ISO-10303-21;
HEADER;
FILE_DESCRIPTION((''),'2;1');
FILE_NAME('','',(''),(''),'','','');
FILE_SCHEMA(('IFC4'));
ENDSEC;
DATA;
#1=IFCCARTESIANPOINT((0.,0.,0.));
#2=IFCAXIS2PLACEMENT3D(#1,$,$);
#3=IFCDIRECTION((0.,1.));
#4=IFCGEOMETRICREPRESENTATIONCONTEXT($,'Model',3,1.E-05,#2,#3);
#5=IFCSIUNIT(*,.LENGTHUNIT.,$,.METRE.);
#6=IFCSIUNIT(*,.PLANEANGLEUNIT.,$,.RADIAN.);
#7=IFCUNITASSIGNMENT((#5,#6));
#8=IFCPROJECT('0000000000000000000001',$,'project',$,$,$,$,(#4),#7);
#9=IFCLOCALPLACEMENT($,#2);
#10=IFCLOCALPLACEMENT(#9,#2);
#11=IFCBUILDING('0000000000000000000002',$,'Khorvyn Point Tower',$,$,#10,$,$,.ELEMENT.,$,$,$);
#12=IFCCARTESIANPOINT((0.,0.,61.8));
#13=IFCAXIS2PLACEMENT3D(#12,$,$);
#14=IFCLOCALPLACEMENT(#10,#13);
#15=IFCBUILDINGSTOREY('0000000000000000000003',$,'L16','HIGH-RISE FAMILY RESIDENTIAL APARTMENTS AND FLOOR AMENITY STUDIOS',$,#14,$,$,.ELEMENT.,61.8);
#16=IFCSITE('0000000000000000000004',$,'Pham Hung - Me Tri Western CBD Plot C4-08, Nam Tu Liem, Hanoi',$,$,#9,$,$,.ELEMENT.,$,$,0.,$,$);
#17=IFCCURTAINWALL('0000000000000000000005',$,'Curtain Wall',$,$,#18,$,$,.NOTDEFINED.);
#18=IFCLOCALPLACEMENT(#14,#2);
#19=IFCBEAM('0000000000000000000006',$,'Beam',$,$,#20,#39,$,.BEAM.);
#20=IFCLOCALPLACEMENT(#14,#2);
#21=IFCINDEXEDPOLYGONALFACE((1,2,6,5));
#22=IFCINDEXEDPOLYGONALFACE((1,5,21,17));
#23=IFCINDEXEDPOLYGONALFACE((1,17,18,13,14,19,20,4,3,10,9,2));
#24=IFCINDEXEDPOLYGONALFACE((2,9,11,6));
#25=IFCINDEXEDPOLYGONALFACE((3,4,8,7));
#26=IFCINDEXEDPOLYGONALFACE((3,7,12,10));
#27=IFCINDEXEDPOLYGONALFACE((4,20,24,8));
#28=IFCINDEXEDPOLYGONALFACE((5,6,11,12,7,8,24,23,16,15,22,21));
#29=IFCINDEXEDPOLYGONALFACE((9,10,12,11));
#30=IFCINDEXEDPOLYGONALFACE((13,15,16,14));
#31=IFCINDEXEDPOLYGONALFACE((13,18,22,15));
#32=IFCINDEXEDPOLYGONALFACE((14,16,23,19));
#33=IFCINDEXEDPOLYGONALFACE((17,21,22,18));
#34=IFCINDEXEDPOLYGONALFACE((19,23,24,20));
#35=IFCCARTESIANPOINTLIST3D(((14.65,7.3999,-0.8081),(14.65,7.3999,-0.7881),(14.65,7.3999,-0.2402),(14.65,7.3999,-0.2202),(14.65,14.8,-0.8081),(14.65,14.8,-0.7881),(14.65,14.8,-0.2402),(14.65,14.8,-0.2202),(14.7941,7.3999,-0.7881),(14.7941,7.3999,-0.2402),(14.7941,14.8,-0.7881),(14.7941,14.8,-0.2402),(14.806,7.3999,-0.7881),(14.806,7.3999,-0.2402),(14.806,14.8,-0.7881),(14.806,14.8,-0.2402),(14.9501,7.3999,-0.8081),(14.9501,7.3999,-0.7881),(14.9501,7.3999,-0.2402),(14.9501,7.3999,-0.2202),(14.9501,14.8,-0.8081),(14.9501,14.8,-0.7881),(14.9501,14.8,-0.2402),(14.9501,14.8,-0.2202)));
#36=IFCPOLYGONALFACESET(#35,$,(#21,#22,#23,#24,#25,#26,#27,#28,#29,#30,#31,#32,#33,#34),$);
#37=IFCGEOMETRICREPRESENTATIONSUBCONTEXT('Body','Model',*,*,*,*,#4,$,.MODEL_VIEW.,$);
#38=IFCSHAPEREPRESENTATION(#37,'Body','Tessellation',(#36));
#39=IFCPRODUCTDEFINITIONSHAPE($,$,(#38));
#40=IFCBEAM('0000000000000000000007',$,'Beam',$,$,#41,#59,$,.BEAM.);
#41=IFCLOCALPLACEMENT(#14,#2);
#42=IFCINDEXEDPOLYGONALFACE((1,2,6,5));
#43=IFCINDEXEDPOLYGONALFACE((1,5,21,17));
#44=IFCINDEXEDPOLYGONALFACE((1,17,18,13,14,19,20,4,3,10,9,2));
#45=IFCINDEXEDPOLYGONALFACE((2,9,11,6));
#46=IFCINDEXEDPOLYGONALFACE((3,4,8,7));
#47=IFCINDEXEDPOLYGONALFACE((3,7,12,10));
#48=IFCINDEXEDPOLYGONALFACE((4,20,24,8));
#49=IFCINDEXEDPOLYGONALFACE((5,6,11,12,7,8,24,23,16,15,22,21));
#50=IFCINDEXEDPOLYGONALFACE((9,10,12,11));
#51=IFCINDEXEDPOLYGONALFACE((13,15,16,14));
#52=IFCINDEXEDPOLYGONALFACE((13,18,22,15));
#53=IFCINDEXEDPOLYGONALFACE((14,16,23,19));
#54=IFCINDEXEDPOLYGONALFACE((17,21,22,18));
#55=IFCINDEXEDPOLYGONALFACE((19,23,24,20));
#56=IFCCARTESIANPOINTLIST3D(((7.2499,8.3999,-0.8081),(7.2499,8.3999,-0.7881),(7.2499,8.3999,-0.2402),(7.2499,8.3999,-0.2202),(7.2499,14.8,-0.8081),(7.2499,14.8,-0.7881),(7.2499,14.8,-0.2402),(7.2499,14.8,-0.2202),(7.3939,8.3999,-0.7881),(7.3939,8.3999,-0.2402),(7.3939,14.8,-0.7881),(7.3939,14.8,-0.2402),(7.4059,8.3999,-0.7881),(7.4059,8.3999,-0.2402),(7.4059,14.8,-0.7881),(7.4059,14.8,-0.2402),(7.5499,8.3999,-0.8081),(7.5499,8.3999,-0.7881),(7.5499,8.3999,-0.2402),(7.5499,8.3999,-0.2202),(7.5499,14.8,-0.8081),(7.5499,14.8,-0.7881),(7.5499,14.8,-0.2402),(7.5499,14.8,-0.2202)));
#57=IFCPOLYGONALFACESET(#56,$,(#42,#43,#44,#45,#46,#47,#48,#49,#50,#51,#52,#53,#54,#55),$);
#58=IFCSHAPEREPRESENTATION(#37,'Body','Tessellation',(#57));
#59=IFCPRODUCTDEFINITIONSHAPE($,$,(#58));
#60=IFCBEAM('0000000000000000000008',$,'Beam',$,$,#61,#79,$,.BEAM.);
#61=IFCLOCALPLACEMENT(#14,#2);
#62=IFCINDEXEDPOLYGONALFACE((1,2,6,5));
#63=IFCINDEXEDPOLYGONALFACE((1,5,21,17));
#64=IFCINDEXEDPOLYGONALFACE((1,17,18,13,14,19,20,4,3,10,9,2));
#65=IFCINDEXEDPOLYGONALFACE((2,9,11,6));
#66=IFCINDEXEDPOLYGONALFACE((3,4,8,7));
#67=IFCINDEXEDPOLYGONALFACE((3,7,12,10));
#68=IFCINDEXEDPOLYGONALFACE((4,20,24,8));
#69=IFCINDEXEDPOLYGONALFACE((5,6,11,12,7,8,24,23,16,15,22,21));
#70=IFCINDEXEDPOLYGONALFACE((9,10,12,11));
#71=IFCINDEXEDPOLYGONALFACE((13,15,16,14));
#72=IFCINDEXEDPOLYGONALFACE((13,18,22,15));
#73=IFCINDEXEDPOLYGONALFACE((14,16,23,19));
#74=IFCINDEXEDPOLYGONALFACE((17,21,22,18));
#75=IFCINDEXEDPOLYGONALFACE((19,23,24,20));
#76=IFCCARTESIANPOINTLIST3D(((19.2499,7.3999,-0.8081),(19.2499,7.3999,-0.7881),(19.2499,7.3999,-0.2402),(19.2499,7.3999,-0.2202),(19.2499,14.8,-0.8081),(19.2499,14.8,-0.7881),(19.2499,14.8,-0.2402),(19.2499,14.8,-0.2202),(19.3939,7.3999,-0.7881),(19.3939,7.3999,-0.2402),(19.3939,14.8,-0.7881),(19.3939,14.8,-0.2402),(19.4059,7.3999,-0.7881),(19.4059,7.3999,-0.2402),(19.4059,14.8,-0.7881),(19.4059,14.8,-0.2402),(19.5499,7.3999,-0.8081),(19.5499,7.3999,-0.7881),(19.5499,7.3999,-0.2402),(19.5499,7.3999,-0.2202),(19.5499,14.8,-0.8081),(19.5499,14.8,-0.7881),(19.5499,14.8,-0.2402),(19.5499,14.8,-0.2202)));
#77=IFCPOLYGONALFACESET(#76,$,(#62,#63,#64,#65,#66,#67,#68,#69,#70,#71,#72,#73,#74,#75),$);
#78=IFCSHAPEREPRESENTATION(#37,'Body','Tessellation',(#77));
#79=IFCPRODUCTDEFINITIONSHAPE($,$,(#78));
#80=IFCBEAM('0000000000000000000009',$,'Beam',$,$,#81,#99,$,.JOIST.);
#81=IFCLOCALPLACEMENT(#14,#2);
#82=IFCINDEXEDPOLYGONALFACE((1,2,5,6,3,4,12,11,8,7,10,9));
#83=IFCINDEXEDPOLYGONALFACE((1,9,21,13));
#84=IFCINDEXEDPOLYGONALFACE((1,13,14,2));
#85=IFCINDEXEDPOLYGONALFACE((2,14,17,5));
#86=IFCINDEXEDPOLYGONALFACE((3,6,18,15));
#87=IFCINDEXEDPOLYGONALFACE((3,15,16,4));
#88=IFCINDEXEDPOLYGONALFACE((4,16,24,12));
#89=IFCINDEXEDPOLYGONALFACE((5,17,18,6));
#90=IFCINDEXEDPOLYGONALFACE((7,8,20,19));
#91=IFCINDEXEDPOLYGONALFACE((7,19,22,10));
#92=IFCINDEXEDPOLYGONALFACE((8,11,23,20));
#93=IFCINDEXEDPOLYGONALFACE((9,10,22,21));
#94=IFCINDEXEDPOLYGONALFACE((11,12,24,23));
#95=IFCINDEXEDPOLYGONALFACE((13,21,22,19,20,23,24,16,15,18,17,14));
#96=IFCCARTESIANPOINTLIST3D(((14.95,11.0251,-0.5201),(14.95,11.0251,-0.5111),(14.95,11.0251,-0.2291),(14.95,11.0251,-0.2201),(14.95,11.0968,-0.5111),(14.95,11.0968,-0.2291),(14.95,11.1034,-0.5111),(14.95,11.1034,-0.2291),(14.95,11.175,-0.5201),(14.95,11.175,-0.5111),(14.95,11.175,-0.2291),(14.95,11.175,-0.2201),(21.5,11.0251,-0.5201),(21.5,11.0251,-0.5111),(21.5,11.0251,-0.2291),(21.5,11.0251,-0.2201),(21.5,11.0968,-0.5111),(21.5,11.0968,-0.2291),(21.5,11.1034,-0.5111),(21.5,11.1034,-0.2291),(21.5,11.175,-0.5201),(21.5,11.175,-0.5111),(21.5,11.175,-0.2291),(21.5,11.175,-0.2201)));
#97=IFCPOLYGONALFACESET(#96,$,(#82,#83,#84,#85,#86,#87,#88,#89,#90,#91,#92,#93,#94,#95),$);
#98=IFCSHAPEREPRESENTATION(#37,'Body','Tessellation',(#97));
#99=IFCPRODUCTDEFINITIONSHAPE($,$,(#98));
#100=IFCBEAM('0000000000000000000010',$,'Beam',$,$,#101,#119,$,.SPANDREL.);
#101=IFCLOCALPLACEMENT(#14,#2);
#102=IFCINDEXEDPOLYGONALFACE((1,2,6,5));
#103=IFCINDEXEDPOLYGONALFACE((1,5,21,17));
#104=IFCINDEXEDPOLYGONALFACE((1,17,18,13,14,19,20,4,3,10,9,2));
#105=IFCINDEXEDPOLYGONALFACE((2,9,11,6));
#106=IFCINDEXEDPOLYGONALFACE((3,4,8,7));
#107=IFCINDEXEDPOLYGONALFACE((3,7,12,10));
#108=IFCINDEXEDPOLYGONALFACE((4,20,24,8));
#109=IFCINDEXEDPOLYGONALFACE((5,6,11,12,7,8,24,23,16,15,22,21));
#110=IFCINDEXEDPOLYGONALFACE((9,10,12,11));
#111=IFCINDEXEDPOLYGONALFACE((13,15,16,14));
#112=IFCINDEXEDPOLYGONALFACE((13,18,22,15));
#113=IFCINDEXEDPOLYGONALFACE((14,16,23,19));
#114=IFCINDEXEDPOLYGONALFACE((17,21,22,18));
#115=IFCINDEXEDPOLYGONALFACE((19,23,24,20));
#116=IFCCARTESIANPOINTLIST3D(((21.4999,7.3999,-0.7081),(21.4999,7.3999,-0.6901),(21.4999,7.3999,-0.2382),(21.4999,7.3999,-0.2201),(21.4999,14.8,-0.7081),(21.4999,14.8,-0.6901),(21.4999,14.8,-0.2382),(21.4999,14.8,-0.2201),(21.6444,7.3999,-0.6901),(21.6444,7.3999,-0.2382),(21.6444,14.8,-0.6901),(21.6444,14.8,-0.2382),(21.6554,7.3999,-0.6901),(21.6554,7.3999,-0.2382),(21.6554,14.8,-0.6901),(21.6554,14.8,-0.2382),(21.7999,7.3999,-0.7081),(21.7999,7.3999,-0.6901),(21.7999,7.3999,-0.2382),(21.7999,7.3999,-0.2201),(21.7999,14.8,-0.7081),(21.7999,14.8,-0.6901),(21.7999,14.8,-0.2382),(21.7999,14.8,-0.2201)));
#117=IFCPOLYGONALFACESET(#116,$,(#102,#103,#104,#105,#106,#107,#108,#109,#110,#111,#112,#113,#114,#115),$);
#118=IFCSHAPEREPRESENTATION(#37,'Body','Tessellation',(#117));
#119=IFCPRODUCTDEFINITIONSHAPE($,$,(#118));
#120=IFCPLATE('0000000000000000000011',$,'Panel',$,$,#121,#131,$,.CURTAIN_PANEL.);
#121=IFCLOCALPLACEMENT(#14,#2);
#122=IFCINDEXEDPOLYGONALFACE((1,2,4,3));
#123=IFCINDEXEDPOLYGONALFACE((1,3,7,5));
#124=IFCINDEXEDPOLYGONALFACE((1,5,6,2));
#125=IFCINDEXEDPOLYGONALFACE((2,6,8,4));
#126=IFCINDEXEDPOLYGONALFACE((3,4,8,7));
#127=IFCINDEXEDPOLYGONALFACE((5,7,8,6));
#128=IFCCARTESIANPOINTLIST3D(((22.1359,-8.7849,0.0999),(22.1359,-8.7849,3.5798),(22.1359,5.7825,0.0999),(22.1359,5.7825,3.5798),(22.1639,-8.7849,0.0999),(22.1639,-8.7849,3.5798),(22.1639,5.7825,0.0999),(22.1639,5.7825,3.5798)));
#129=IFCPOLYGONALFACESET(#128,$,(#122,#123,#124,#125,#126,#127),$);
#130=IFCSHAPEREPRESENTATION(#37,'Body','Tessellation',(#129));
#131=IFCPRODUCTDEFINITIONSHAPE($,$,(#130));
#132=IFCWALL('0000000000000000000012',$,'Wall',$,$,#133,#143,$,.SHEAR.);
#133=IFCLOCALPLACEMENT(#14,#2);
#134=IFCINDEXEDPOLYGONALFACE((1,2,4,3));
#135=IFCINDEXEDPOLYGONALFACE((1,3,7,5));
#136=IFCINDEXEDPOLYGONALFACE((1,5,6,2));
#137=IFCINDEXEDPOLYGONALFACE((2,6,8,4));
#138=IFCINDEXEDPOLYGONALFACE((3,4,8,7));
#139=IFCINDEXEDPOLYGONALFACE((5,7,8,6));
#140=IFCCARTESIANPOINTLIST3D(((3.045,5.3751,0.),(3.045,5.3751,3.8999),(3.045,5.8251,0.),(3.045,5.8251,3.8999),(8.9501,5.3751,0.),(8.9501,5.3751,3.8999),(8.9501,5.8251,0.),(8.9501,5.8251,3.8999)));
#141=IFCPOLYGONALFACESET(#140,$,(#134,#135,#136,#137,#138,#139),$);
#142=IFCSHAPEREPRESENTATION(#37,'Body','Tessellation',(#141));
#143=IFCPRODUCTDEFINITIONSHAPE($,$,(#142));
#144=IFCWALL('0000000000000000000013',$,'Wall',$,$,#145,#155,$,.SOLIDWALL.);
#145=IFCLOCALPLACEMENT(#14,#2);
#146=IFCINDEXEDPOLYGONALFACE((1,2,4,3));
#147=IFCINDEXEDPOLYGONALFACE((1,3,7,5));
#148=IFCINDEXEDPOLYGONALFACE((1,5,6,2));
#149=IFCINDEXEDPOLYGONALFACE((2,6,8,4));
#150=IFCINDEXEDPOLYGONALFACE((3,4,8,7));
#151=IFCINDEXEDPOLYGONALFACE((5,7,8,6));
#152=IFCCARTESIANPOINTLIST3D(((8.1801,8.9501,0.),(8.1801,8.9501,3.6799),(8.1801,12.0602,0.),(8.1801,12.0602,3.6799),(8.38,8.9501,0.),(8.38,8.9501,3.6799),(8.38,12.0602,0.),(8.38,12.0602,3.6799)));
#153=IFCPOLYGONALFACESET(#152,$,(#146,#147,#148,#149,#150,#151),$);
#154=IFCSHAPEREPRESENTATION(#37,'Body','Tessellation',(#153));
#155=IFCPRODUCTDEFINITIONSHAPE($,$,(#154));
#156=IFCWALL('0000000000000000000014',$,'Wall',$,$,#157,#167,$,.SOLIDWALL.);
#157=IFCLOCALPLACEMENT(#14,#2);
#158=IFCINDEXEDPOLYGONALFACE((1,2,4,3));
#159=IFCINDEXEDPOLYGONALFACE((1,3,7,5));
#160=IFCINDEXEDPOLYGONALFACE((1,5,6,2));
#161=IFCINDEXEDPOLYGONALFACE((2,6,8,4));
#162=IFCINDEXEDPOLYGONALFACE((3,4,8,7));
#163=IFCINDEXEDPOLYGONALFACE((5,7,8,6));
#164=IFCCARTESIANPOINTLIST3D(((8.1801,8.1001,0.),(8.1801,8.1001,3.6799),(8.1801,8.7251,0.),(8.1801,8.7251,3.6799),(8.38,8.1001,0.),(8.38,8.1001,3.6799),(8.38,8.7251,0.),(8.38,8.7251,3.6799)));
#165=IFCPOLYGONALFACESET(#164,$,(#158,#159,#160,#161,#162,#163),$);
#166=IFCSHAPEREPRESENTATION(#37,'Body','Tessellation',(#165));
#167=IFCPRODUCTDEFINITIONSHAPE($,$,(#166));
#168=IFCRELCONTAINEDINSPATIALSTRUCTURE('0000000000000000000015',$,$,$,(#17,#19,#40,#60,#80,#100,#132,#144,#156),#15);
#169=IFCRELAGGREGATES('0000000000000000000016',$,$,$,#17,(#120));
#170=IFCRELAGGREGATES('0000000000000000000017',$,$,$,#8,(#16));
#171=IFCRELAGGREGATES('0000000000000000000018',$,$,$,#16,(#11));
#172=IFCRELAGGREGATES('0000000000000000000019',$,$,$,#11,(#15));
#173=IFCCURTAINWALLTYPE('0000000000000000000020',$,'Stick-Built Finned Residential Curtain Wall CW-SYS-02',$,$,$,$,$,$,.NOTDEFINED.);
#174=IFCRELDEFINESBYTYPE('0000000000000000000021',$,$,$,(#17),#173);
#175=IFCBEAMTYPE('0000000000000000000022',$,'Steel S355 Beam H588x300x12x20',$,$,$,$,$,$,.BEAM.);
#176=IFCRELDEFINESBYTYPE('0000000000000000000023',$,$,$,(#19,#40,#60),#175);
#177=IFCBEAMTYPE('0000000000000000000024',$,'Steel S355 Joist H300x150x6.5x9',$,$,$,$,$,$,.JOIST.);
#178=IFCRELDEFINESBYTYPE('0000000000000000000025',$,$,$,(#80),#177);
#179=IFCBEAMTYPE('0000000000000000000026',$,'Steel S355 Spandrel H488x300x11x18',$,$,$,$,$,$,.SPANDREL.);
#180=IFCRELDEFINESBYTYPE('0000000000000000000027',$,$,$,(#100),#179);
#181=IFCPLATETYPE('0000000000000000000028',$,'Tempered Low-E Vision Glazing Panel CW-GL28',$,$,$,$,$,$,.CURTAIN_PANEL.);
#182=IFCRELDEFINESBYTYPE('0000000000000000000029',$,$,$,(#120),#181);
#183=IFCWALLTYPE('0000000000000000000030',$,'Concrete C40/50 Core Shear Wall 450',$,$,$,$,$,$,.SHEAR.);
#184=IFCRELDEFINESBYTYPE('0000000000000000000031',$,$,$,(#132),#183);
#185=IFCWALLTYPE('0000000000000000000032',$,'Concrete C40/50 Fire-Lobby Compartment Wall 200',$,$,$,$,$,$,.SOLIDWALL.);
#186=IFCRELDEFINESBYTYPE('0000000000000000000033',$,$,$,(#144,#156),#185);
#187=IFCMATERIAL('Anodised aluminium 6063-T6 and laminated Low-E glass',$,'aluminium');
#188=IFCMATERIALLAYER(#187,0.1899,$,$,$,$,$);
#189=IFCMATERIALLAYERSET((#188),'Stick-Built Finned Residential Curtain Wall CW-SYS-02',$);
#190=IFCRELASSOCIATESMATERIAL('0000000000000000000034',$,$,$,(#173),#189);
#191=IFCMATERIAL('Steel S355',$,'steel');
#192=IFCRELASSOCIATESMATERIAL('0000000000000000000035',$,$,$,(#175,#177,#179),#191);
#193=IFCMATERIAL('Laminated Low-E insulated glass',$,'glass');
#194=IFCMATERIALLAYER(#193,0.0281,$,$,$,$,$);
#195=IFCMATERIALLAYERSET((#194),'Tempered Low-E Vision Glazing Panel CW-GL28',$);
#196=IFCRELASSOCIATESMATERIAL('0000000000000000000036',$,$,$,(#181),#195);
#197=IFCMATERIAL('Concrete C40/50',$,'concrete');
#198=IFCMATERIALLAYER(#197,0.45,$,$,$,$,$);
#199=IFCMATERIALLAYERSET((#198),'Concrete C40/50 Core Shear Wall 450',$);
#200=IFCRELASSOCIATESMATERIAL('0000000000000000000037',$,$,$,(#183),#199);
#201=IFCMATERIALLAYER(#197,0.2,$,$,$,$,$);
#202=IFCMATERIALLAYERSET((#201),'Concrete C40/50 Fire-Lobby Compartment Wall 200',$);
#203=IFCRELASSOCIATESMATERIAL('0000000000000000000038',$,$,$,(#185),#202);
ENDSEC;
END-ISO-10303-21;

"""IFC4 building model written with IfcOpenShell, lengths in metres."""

from ifc_helpers import new_model, si_unit, direction, frame, frame_2d, origin, origin_2d, place, context, subcontext, project, spatial, rectangle, i_section, extrude, material, layer, layer_set, material_profile, profile_set, type_object, element, aggregate, save


model = new_model("IFC4")

# Units and contexts
model_context = context("Model", 3, precision=1e-05, world=origin(), true_north=direction((0.0, 1.0)))
body_context = subcontext(model_context, "Body", "Model", "MODEL_VIEW")
ifc_project = project(units=[si_unit("LENGTHUNIT", "METRE"), si_unit("PLANEANGLEUNIT", "RADIAN")], contexts=[model_context])

# Site, building, storey
site_placement = place(None, origin())
site = spatial("IfcSite", under=ifc_project, at=site_placement, Name="Pham Hung - Me Tri Western CBD Plot C4-08, Nam Tu Liem, Hanoi", CompositionType="ELEMENT", RefElevation=0.0)
building_placement = place(site_placement, origin())
building = spatial("IfcBuilding", under=site, at=building_placement, Name="Khorvyn Point Tower", CompositionType="ELEMENT")
storey_placement = place(building_placement, frame((0.0, 0.0, 61.8)))
storey = spatial("IfcBuildingStorey", under=building, at=storey_placement, Name="L16", Description="HIGH-RISE FAMILY RESIDENTIAL APARTMENTS AND FLOOR AMENITY STUDIOS", CompositionType="ELEMENT", Elevation=61.8)

# Curtain wall
ifc_material_1 = material(Name="Anodised aluminium 6063-T6 and laminated Low-E glass", Category="aluminium")
ifc_layer_1 = layer(ifc_material_1, 0.1899)
ifc_layer_set_1 = layer_set([ifc_layer_1], Name="Stick-Built Finned Residential Curtain Wall CW-SYS-02")
curtain_wall_type = type_object("IfcCurtainWallType", Name="Stick-Built Finned Residential Curtain Wall CW-SYS-02", PredefinedType="NOTDEFINED", material=ifc_layer_set_1)
curtain_wall_placement = place(storey_placement, origin())
curtain_wall = element("IfcCurtainWall", 1, at=curtain_wall_placement, inside=storey, type_object=curtain_wall_type, Name="Curtain Wall", PredefinedType="NOTDEFINED")

# Beams
ifc_material_2 = material(Name="Steel S355", Category="steel")
ifc_material_profile_1 = material_profile(ifc_material_2, i_section(OverallWidth=0.3, OverallDepth=0.5879, WebThickness=0.012, FlangeThickness=0.02, at=origin_2d()))
ifc_profile_set_1 = profile_set([ifc_material_profile_1], Name="Steel S355 H588x300x12x20")
beam_type_1 = type_object("IfcBeamType", Name="Steel S355 Beam H588x300x12x20", PredefinedType="BEAM", material=ifc_profile_set_1)
beam_1_placement = place(storey_placement, frame((14.8, 7.3999, -0.5142), z_axis=(0.0, 1.0, 0.0), x_axis=(-1.0, 0.0, 0.0)))
element("IfcBeam", 2, at=beam_1_placement, inside=storey, type_object=beam_type_1, Name="Beam", PredefinedType="BEAM", context=body_context, shape_type="SweptSolid", body=[
    extrude(i_section(OverallWidth=0.3, OverallDepth=0.5879, WebThickness=0.012, FlangeThickness=0.02, at=origin_2d()), origin(), (0.0, 0.0, 1.0), 7.4001),
])
beam_2_placement = place(storey_placement, frame((7.3999, 8.3999, -0.5142), z_axis=(0.0, 1.0, 0.0), x_axis=(-1.0, 0.0, 0.0)))
element("IfcBeam", 3, at=beam_2_placement, inside=storey, type_object=beam_type_1, Name="Beam", PredefinedType="BEAM", context=body_context, shape_type="SweptSolid", body=[
    extrude(i_section(OverallWidth=0.3, OverallDepth=0.5879, WebThickness=0.012, FlangeThickness=0.02, at=origin_2d()), origin(), (0.0, 0.0, 1.0), 6.4001),
])
beam_3_placement = place(storey_placement, frame((19.3999, 7.3999, -0.5142), z_axis=(0.0, 1.0, 0.0), x_axis=(-1.0, 0.0, 0.0)))
element("IfcBeam", 4, at=beam_3_placement, inside=storey, type_object=beam_type_1, Name="Beam", PredefinedType="BEAM", context=body_context, shape_type="SweptSolid", body=[
    extrude(i_section(OverallWidth=0.3, OverallDepth=0.5879, WebThickness=0.012, FlangeThickness=0.02, at=origin_2d()), origin(), (0.0, 0.0, 1.0), 7.4001),
])
ifc_material_profile_2 = material_profile(ifc_material_2, i_section(OverallWidth=0.1499, OverallDepth=0.3, WebThickness=0.0066, FlangeThickness=0.009, at=origin_2d()))
ifc_profile_set_2 = profile_set([ifc_material_profile_2], Name="Steel S355 H300x150x6.5x9")
beam_type_2 = type_object("IfcBeamType", Name="Steel S355 Joist H300x150x6.5x9", PredefinedType="JOIST", material=ifc_profile_set_2)
beam_4_placement = place(storey_placement, frame((14.95, 11.1001, -0.3701), z_axis=(1.0, 0.0, 0.0), x_axis=(0.0, 1.0, 0.0)))
element("IfcBeam", 5, at=beam_4_placement, inside=storey, type_object=beam_type_2, Name="Beam", PredefinedType="JOIST", context=body_context, shape_type="SweptSolid", body=[
    extrude(i_section(OverallWidth=0.1499, OverallDepth=0.3, WebThickness=0.0066, FlangeThickness=0.009, at=origin_2d()), origin(), (0.0, 0.0, 1.0), 6.55),
])
ifc_material_profile_3 = material_profile(ifc_material_2, i_section(OverallWidth=0.3, OverallDepth=0.488, WebThickness=0.011, FlangeThickness=0.0181, at=origin_2d()))
ifc_profile_set_3 = profile_set([ifc_material_profile_3], Name="Steel S355 H488x300x11x18")
beam_type_3 = type_object("IfcBeamType", Name="Steel S355 Spandrel H488x300x11x18", PredefinedType="SPANDREL", material=ifc_profile_set_3)
beam_5_placement = place(storey_placement, frame((21.6499, 7.3999, -0.4641), z_axis=(0.0, 1.0, 0.0), x_axis=(-1.0, 0.0, 0.0)))
element("IfcBeam", 6, at=beam_5_placement, inside=storey, type_object=beam_type_3, Name="Beam", PredefinedType="SPANDREL", context=body_context, shape_type="SweptSolid", body=[
    extrude(i_section(OverallWidth=0.3, OverallDepth=0.488, WebThickness=0.011, FlangeThickness=0.0181, at=origin_2d()), origin(), (0.0, 0.0, 1.0), 7.4001),
])

# Plate
ifc_material_3 = material(Name="Laminated Low-E insulated glass", Category="glass")
ifc_layer_2 = layer(ifc_material_3, 0.0281)
ifc_layer_set_2 = layer_set([ifc_layer_2], Name="Tempered Low-E Vision Glazing Panel CW-GL28")
plate_type = type_object("IfcPlateType", Name="Tempered Low-E Vision Glazing Panel CW-GL28", PredefinedType="CURTAIN_PANEL", material=ifc_layer_set_2)
plate_placement = place(storey_placement, frame((22.1499, -1.5012, 0.0999), z_axis=(0.0, 0.0, 1.0), x_axis=(0.0, -1.0, 0.0)))
plate = element("IfcPlate", 7, at=plate_placement, type_object=plate_type, Name="Panel", PredefinedType="CURTAIN_PANEL", context=body_context, shape_type="SweptSolid", body=[
    extrude(rectangle(XDim=14.5674, YDim=0.0281, at=origin_2d()), origin(), (0.0, 0.0, 1.0), 3.48),
])
aggregate(curtain_wall, [plate])

# Walls
ifc_material_4 = material(Name="Concrete C40/50", Category="concrete")
ifc_layer_3 = layer(ifc_material_4, 0.45)
ifc_layer_set_3 = layer_set([ifc_layer_3], Name="Concrete C40/50 Core Shear Wall 450")
wall_type_1 = type_object("IfcWallType", Name="Concrete C40/50 Core Shear Wall 450", PredefinedType="SHEAR", material=ifc_layer_set_3)
wall_1_placement = place(storey_placement, frame((3.0449, 5.6001, 0.0), z_axis=(0.0, 0.0, 1.0), x_axis=(1.0, 0.0, 0.0)))
element("IfcWall", 8, at=wall_1_placement, inside=storey, type_object=wall_type_1, Name="Wall", PredefinedType="SHEAR", context=body_context, shape_type="SweptSolid", body=[
    extrude(rectangle(XDim=5.905, YDim=0.45, at=frame_2d((2.9526, 0.0))), origin(), (0.0, 0.0, 1.0), 3.8999),
])
ifc_layer_4 = layer(ifc_material_4, 0.2)
ifc_layer_set_4 = layer_set([ifc_layer_4], Name="Concrete C40/50 Fire-Lobby Compartment Wall 200")
wall_type_2 = type_object("IfcWallType", Name="Concrete C40/50 Fire-Lobby Compartment Wall 200", PredefinedType="SOLIDWALL", material=ifc_layer_set_4)
wall_2_placement = place(storey_placement, frame((8.28, 8.95, 0.0), z_axis=(0.0, 0.0, 1.0), x_axis=(0.0, 1.0, 0.0)))
element("IfcWall", 9, at=wall_2_placement, inside=storey, type_object=wall_type_2, Name="Wall", PredefinedType="SOLIDWALL", context=body_context, shape_type="SweptSolid", body=[
    extrude(rectangle(XDim=3.1101, YDim=0.2, at=frame_2d((1.5552, 0.0))), origin(), (0.0, 0.0, 1.0), 3.6799),
])
wall_3_placement = place(storey_placement, frame((8.28, 8.1001, 0.0), z_axis=(0.0, 0.0, 1.0), x_axis=(0.0, 1.0, 0.0)))
element("IfcWall", 10, at=wall_3_placement, inside=storey, type_object=wall_type_2, Name="Wall", PredefinedType="SOLIDWALL", context=body_context, shape_type="SweptSolid", body=[
    extrude(rectangle(XDim=0.625, YDim=0.2, at=frame_2d((0.3125, 0.0))), origin(), (0.0, 0.0, 1.0), 3.6799),
])

save(model, "model.ifc")
